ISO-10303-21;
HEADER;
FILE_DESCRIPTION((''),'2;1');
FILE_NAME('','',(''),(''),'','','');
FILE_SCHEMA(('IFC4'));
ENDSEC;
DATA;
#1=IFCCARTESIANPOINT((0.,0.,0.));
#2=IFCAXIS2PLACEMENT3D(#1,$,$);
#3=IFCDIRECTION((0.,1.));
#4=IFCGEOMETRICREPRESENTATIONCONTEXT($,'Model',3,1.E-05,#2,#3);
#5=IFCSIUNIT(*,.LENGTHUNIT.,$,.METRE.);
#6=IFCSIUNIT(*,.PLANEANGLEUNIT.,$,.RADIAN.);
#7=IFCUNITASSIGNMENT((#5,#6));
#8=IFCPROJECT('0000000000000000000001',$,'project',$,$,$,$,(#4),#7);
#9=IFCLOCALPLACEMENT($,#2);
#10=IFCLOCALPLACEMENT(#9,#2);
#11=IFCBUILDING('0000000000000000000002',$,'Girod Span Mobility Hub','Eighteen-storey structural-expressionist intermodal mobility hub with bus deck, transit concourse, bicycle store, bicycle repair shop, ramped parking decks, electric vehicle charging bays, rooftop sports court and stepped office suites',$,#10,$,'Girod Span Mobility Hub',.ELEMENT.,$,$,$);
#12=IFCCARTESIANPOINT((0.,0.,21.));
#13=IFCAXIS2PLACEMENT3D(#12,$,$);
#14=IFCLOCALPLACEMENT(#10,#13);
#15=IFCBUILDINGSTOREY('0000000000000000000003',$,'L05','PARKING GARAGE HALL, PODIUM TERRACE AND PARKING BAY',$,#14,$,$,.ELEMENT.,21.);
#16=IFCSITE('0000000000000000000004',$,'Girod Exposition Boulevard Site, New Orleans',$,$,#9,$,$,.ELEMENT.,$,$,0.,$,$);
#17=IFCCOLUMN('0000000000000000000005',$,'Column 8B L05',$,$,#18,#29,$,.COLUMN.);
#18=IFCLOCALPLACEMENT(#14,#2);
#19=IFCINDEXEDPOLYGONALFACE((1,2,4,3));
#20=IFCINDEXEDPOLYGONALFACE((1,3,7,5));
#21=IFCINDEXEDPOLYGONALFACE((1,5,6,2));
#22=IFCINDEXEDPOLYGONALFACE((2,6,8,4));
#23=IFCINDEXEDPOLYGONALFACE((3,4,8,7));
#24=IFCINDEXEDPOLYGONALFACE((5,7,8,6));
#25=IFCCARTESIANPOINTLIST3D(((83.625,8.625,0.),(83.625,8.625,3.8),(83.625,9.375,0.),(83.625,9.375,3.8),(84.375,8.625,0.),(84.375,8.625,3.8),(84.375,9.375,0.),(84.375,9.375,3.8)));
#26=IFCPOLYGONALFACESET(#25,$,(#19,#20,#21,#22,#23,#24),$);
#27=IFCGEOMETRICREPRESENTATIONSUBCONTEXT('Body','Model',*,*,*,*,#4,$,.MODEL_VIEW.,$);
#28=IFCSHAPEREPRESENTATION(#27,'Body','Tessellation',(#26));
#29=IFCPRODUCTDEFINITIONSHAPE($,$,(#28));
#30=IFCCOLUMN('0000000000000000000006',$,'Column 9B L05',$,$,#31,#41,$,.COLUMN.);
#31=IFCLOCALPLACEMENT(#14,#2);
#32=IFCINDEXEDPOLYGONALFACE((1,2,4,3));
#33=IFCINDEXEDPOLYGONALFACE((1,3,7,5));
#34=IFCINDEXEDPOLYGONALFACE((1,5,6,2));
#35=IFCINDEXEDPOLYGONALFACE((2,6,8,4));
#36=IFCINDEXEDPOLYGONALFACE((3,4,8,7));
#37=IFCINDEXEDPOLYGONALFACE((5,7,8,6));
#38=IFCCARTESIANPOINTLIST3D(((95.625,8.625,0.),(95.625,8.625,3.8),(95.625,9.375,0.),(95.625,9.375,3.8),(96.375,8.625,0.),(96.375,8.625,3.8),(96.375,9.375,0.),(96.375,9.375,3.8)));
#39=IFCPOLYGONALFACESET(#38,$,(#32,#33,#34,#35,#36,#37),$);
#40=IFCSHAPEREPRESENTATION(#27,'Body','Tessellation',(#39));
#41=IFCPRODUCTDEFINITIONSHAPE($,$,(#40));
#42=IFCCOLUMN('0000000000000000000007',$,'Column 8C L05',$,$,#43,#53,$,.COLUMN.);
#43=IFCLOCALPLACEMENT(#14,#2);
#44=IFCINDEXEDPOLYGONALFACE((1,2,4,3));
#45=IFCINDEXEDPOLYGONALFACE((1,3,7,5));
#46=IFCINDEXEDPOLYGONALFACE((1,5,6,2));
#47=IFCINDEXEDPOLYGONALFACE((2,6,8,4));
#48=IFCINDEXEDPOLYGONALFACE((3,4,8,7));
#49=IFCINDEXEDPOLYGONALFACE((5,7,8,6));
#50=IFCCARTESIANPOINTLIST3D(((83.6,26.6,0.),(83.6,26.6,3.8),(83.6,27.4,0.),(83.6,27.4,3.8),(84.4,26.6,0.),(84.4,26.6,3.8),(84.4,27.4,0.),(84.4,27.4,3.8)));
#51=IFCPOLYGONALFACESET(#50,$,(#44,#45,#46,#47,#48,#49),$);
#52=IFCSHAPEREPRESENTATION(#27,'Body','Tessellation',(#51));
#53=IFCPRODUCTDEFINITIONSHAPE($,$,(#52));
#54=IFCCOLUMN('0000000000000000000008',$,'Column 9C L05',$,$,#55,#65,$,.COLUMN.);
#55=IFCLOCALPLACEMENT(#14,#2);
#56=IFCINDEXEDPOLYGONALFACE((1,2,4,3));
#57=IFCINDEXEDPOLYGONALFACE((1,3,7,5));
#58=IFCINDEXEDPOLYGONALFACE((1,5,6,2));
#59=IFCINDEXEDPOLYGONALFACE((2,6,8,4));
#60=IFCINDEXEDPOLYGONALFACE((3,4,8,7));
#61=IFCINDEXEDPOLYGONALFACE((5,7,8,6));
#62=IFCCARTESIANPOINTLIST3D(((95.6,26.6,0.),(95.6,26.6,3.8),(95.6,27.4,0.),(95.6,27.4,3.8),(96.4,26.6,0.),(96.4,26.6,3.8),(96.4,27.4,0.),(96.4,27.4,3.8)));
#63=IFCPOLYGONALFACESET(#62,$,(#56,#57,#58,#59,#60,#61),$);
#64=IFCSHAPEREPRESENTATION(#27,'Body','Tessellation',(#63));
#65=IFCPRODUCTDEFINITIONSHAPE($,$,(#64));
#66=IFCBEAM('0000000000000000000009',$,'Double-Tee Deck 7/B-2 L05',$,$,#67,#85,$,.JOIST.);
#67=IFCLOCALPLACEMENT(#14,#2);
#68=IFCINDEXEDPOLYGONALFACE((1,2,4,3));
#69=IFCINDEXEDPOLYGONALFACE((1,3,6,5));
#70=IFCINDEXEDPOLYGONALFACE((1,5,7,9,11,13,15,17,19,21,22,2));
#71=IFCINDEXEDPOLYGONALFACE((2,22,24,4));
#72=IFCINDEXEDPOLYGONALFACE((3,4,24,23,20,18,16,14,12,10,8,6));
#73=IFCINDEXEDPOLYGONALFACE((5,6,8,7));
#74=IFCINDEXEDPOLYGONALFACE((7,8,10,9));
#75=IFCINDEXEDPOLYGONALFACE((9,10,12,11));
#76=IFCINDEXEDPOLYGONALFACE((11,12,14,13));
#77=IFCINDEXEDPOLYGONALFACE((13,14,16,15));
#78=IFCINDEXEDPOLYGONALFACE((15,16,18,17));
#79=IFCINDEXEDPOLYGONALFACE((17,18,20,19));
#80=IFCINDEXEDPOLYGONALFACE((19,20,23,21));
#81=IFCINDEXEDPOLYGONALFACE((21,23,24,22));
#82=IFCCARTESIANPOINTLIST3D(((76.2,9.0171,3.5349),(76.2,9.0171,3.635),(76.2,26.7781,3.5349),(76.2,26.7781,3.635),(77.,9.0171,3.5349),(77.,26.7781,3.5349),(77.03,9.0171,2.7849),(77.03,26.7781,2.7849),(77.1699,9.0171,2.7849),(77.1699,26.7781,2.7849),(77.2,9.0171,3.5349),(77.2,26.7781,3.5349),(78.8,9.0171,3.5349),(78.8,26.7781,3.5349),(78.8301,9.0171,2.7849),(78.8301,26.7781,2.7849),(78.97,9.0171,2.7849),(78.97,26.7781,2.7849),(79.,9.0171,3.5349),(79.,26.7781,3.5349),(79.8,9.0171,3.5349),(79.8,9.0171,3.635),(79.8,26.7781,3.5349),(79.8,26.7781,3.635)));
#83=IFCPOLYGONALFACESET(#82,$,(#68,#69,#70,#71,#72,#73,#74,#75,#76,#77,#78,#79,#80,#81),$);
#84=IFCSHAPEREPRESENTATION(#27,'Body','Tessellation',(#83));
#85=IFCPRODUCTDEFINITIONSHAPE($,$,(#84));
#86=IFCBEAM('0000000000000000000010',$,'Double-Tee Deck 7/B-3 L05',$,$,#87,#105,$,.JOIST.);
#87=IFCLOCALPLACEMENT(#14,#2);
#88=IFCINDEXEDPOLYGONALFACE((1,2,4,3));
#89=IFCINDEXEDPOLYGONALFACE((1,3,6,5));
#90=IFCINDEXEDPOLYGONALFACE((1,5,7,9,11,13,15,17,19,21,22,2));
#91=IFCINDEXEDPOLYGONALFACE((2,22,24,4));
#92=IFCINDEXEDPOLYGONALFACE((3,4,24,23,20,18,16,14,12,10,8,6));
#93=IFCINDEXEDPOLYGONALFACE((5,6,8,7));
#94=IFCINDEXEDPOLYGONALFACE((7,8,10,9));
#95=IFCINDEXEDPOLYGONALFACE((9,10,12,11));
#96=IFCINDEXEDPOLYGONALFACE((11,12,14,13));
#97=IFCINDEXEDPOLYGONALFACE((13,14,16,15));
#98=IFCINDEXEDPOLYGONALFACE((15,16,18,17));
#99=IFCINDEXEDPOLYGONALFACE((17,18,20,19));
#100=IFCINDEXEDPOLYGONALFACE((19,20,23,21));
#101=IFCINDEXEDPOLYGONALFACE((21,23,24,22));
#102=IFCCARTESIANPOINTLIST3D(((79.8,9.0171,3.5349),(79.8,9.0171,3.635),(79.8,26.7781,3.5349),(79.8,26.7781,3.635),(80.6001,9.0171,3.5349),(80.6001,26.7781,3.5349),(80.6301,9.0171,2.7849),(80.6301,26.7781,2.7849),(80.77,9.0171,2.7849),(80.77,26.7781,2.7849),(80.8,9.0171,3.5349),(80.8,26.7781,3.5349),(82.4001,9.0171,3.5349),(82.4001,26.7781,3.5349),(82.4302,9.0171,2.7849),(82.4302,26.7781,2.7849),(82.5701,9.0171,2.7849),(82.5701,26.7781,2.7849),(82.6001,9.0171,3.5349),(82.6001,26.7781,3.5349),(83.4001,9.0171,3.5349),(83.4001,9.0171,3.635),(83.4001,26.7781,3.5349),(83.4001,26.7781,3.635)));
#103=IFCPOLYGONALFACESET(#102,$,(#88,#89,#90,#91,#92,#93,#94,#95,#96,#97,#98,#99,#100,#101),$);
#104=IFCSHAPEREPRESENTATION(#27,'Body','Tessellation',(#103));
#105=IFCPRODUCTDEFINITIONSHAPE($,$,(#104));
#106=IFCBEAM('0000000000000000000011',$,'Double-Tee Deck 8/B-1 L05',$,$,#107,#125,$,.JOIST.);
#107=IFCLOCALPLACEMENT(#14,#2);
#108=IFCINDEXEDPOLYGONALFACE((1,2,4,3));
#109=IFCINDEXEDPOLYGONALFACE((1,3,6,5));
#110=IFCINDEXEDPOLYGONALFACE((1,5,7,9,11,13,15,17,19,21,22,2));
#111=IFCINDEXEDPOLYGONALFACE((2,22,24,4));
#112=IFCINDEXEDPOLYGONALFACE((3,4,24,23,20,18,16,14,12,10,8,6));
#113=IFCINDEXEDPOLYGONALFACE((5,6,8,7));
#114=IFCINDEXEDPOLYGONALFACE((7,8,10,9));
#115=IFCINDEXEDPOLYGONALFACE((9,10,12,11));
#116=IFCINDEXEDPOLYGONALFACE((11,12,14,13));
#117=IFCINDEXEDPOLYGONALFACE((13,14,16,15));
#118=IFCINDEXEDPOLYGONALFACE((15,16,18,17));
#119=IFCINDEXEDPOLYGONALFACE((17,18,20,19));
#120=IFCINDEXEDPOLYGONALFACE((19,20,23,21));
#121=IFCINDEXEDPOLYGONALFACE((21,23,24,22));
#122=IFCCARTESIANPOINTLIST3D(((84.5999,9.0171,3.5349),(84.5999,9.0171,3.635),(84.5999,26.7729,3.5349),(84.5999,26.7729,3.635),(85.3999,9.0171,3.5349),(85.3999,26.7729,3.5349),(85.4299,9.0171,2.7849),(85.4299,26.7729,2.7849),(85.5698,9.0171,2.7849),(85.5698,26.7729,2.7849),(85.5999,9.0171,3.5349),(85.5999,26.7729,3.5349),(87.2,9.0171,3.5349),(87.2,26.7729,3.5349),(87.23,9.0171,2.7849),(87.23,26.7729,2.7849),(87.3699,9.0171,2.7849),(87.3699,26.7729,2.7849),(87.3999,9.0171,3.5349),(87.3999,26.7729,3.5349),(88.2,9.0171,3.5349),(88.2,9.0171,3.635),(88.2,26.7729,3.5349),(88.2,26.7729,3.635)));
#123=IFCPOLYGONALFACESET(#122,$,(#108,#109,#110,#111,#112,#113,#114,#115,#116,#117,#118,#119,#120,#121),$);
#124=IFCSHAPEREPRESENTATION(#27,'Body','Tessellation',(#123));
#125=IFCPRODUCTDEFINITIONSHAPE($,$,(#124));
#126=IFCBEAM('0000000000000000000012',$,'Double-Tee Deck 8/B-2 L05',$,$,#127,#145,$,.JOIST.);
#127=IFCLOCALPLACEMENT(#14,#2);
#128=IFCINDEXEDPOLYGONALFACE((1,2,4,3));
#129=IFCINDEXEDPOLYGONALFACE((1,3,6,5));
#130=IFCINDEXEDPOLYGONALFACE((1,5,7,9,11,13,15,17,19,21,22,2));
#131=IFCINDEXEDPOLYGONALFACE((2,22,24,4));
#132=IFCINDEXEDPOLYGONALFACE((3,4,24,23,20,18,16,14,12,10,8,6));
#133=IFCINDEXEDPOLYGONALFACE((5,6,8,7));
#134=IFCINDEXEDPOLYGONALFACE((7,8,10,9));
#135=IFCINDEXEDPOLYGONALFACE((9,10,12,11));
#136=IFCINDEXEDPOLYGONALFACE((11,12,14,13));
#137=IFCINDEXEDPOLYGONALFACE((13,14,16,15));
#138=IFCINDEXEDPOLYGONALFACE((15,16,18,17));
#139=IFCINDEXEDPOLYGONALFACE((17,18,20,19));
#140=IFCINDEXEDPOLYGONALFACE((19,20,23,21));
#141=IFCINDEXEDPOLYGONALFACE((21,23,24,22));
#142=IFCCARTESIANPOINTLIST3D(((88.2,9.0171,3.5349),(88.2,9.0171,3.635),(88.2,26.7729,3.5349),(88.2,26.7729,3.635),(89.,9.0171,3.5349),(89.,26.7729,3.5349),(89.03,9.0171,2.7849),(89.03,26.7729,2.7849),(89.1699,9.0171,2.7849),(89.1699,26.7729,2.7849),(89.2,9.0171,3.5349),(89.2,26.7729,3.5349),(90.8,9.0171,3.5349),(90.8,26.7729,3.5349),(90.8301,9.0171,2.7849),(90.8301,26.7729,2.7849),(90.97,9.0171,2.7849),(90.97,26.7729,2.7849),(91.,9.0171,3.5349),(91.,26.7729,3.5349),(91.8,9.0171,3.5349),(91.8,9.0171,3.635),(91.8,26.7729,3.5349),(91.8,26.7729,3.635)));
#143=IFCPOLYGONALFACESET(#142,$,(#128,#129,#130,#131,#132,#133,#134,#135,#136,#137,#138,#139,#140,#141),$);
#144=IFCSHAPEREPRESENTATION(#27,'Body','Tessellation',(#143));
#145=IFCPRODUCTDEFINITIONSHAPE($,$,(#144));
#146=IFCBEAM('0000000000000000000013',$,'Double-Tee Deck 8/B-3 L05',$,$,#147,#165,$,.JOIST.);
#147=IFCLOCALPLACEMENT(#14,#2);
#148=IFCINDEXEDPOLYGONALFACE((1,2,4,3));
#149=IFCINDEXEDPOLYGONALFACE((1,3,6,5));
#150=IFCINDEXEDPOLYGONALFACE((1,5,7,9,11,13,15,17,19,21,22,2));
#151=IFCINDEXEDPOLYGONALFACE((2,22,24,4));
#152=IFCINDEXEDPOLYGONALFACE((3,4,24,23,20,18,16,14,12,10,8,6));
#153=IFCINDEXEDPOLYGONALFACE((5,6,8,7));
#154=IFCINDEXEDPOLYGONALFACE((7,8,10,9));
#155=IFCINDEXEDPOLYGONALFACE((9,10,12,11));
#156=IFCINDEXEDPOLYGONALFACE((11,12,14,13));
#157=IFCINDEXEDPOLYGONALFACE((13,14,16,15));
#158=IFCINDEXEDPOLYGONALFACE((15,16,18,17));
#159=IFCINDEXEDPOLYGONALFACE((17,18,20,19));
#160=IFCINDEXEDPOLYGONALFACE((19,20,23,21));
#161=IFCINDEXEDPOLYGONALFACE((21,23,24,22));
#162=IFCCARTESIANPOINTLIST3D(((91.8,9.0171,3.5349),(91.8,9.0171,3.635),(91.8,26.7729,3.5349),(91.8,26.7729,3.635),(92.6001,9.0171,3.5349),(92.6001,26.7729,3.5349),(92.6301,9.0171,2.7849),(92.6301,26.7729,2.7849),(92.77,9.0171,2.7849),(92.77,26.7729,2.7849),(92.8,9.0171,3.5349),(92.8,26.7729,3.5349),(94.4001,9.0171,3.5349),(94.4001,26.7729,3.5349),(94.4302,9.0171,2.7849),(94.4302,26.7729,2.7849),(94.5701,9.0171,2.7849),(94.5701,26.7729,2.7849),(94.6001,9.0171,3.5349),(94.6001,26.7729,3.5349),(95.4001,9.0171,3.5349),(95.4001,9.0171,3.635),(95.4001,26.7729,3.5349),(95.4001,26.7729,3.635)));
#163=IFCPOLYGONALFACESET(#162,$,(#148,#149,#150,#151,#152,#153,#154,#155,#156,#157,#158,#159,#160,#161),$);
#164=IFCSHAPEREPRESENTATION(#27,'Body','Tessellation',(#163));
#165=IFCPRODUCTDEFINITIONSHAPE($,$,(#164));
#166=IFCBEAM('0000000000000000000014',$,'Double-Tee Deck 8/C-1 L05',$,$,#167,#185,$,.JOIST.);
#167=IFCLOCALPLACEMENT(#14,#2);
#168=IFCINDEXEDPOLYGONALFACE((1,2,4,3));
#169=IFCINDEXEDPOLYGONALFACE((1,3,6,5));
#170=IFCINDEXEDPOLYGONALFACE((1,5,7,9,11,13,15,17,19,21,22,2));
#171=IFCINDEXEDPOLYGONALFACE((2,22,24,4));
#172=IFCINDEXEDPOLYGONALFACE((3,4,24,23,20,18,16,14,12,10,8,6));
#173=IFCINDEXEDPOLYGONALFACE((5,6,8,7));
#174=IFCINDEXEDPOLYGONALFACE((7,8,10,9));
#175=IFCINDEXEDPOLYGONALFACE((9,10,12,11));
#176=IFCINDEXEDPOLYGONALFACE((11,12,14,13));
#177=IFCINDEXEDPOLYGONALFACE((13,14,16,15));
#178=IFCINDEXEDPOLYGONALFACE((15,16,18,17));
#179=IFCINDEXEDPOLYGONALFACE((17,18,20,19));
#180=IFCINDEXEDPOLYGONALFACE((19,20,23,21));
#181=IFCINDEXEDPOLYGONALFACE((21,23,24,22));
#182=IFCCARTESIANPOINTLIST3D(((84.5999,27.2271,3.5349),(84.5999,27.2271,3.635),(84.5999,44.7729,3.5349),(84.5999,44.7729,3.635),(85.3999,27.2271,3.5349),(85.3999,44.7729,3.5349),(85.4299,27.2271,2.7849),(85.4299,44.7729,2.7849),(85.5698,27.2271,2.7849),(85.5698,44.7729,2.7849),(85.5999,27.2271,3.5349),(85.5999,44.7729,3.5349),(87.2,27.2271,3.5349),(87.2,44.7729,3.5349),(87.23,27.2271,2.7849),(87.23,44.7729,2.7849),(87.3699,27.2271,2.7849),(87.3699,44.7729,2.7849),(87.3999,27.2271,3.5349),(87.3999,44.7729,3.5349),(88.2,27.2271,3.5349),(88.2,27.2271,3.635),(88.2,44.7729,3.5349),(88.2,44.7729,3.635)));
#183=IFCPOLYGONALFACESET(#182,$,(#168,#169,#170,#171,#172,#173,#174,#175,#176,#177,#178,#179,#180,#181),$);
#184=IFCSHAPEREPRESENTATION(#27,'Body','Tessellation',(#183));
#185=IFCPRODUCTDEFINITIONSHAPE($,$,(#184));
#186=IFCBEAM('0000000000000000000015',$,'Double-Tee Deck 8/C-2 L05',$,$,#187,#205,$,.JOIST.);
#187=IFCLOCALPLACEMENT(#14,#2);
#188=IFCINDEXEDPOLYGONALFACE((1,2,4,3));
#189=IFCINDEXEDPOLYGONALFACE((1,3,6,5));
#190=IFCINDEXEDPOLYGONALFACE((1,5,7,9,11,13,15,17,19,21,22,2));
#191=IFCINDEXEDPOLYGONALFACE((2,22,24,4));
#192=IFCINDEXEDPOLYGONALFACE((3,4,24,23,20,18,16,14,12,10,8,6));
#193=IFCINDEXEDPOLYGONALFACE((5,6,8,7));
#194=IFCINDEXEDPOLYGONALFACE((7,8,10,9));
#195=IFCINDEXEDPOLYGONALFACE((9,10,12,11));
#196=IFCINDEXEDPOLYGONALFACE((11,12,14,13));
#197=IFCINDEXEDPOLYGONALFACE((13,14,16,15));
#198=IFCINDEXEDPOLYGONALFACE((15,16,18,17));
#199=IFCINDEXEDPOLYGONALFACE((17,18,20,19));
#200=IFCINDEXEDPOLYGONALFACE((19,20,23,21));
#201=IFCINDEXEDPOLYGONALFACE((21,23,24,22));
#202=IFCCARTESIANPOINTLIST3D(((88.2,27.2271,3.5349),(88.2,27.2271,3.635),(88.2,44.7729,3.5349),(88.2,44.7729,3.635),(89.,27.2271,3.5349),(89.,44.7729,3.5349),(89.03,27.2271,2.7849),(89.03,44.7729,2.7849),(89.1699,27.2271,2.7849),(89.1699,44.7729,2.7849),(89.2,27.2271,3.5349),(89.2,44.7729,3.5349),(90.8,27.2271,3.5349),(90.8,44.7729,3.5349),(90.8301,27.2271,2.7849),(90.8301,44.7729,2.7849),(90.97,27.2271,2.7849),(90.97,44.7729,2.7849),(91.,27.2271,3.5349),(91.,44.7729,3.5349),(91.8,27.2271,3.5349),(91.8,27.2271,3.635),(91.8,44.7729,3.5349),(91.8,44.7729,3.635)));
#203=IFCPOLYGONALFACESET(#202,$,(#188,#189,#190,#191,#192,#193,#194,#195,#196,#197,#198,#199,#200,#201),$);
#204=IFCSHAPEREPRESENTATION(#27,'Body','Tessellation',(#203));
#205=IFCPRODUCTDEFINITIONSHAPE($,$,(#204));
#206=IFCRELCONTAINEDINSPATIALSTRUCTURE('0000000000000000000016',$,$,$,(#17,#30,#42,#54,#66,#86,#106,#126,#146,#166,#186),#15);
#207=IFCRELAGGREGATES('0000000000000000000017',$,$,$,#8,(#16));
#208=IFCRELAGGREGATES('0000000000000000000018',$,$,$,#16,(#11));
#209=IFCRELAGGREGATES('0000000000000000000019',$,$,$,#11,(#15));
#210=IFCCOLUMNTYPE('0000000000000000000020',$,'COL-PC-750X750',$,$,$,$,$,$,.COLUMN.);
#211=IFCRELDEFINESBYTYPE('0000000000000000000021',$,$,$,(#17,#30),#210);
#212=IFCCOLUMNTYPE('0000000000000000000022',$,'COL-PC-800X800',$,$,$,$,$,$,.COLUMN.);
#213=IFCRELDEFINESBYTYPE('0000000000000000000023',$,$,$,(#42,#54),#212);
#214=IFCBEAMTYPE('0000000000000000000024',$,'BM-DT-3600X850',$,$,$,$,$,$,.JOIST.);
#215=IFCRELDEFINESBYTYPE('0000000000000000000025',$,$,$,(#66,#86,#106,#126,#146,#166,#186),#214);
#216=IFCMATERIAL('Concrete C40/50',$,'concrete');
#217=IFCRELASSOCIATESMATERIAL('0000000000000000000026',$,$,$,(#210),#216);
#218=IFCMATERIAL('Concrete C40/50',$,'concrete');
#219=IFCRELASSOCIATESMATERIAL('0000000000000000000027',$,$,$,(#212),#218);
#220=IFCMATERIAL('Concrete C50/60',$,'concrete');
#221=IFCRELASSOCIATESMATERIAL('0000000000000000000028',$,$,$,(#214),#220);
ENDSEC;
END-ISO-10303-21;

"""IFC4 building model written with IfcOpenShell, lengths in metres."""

from ifc_helpers import new_model, si_unit, direction, frame, origin, origin_2d, place, context, subcontext, project, spatial, polyline, rectangle, outline, extrude, material, material_profile, profile_set, type_object, element, save


model = new_model("IFC4")

# Units and contexts
model_context = context("Model", 3, precision=1e-05, world=origin(), true_north=direction((0.0, 1.0)))
body_context = subcontext(model_context, "Body", "Model", "MODEL_VIEW")
ifc_project = project(units=[si_unit("LENGTHUNIT", "METRE"), si_unit("PLANEANGLEUNIT", "RADIAN")], contexts=[model_context])

# Site, building, storey
site_placement = place(None, origin())
site = spatial("IfcSite", under=ifc_project, at=site_placement, Name="Girod Exposition Boulevard Site, New Orleans", CompositionType="ELEMENT", RefElevation=0.0)
building_placement = place(site_placement, origin())
building = spatial("IfcBuilding", under=site, at=building_placement, Name="Girod Span Mobility Hub", Description="Eighteen-storey structural-expressionist intermodal mobility hub with bus deck, transit concourse, bicycle store, bicycle repair shop, ramped parking decks, electric vehicle charging bays, rooftop sports court and stepped office suites", LongName="Girod Span Mobility Hub", CompositionType="ELEMENT")
storey_placement = place(building_placement, frame((0.0, 0.0, 21.0)))
storey = spatial("IfcBuildingStorey", under=building, at=storey_placement, Name="L05", Description="PARKING GARAGE HALL, PODIUM TERRACE AND PARKING BAY", CompositionType="ELEMENT", Elevation=21.0)

# Columns
ifc_material_1 = material(Name="Concrete C40/50", Category="concrete")
ifc_material_profile_1 = material_profile(ifc_material_1, rectangle(XDim=0.75, YDim=0.75, at=origin_2d()), Name="PC-COL-750X750")
ifc_profile_set_1 = profile_set([ifc_material_profile_1], Name="Concrete C40/50")
column_type_1 = type_object("IfcColumnType", Name="COL-PC-750X750", PredefinedType="COLUMN", material=ifc_profile_set_1)
for number, where, z_axis, x_axis, name in (
    (1, (84.0, 9.0, 0.0), (0.0, 0.0, 1.0), (1.0, 0.0, 0.0), "Column 8B L05"),
    (2, (96.0, 9.0, 0.0), (0.0, 0.0, 1.0), (1.0, 0.0, 0.0), "Column 9B L05"),
):
    element("IfcColumn", number, at=place(storey_placement, frame(where, z_axis=z_axis, x_axis=x_axis)), inside=storey, type_object=column_type_1, Name=name, PredefinedType="COLUMN", context=body_context, shape_type="SweptSolid", body=[
        extrude(rectangle(XDim=0.75, YDim=0.75, at=origin_2d()), origin(), (0.0, 0.0, 1.0), 3.8),
    ])
ifc_material_2 = material(Name="Concrete C40/50", Category="concrete")
ifc_material_profile_2 = material_profile(ifc_material_2, rectangle(XDim=0.8, YDim=0.8, at=origin_2d()), Name="PC-COL-800X800")
ifc_profile_set_2 = profile_set([ifc_material_profile_2], Name="Concrete C40/50")
column_type_2 = type_object("IfcColumnType", Name="COL-PC-800X800", PredefinedType="COLUMN", material=ifc_profile_set_2)
for number, where, z_axis, x_axis, name in (
    (3, (84.0, 27.0, 0.0), (0.0, 0.0, 1.0), (1.0, 0.0, 0.0), "Column 8C L05"),
    (4, (96.0, 27.0, 0.0), (0.0, 0.0, 1.0), (1.0, 0.0, 0.0), "Column 9C L05"),
):
    element("IfcColumn", number, at=place(storey_placement, frame(where, z_axis=z_axis, x_axis=x_axis)), inside=storey, type_object=column_type_2, Name=name, PredefinedType="COLUMN", context=body_context, shape_type="SweptSolid", body=[
        extrude(rectangle(XDim=0.8, YDim=0.8, at=origin_2d()), origin(), (0.0, 0.0, 1.0), 3.8),
    ])

# Beams
ifc_material_3 = material(Name="Concrete C50/60", Category="concrete")
ifc_material_profile_3 = material_profile(ifc_material_3, outline(polyline([(-1.8, 0.425), (-1.8, 0.325), (-1.0, 0.325), (-0.97, -0.425), (-0.8301, -0.425), (-0.8, 0.325), (0.8, 0.325), (0.8301, -0.425), (0.97, -0.425), (1.0, 0.325), (1.8, 0.325), (1.8, 0.425), (-1.8, 0.425)])), Name="DT-3600X850")
ifc_profile_set_3 = profile_set([ifc_material_profile_3], Name="Concrete C50/60")
beam_type_1 = type_object("IfcBeamType", Name="BM-DT-3600X850", PredefinedType="JOIST", material=ifc_profile_set_3)
for number, where, z_axis, x_axis, name in (
    (5, (78.0, 9.0171, 3.21), (0.0, 1.0, 0.0), (-1.0, 0.0, 0.0), "Double-Tee Deck 7/B-2 L05"),
    (6, (81.6001, 9.0171, 3.21), (0.0, 1.0, 0.0), (-1.0, 0.0, 0.0), "Double-Tee Deck 7/B-3 L05"),
):
    element("IfcBeam", number, at=place(storey_placement, frame(where, z_axis=z_axis, x_axis=x_axis)), inside=storey, type_object=beam_type_1, Name=name, PredefinedType="JOIST", context=body_context, shape_type="SweptSolid", body=[
        extrude(outline(polyline([(-1.8, 0.425), (-1.8, 0.325), (-1.0, 0.325), (-0.97, -0.425), (-0.8301, -0.425), (-0.8, 0.325), (0.8, 0.325), (0.8301, -0.425), (0.97, -0.425), (1.0, 0.325), (1.8, 0.325), (1.8, 0.425), (-1.8, 0.425)])), origin(), (0.0, 0.0, 1.0), 17.761),
    ])
for number, where, z_axis, x_axis, name in (
    (7, (86.3999, 9.0171, 3.21), (0.0, 1.0, 0.0), (-1.0, 0.0, 0.0), "Double-Tee Deck 8/B-1 L05"),
    (8, (90.0, 9.0171, 3.21), (0.0, 1.0, 0.0), (-1.0, 0.0, 0.0), "Double-Tee Deck 8/B-2 L05"),
    (9, (93.6001, 9.0171, 3.21), (0.0, 1.0, 0.0), (-1.0, 0.0, 0.0), "Double-Tee Deck 8/B-3 L05"),
):
    element("IfcBeam", number, at=place(storey_placement, frame(where, z_axis=z_axis, x_axis=x_axis)), inside=storey, type_object=beam_type_1, Name=name, PredefinedType="JOIST", context=body_context, shape_type="SweptSolid", body=[
        extrude(outline(polyline([(-1.8, 0.425), (-1.8, 0.325), (-1.0, 0.325), (-0.97, -0.425), (-0.8301, -0.425), (-0.8, 0.325), (0.8, 0.325), (0.8301, -0.425), (0.97, -0.425), (1.0, 0.325), (1.8, 0.325), (1.8, 0.425), (-1.8, 0.425)])), origin(), (0.0, 0.0, 1.0), 17.7559),
    ])
for number, where, z_axis, x_axis, name in (
    (10, (86.3999, 27.2271, 3.21), (0.0, 1.0, 0.0), (-1.0, 0.0, 0.0), "Double-Tee Deck 8/C-1 L05"),
    (11, (90.0, 27.2271, 3.21), (0.0, 1.0, 0.0), (-1.0, 0.0, 0.0), "Double-Tee Deck 8/C-2 L05"),
):
    element("IfcBeam", number, at=place(storey_placement, frame(where, z_axis=z_axis, x_axis=x_axis)), inside=storey, type_object=beam_type_1, Name=name, PredefinedType="JOIST", context=body_context, shape_type="SweptSolid", body=[
        extrude(outline(polyline([(-1.8, 0.425), (-1.8, 0.325), (-1.0, 0.325), (-0.97, -0.425), (-0.8301, -0.425), (-0.8, 0.325), (0.8, 0.325), (0.8301, -0.425), (0.97, -0.425), (1.0, 0.325), (1.8, 0.325), (1.8, 0.425), (-1.8, 0.425)])), origin(), (0.0, 0.0, 1.0), 17.5459),
    ])

save(model, "model.ifc")
